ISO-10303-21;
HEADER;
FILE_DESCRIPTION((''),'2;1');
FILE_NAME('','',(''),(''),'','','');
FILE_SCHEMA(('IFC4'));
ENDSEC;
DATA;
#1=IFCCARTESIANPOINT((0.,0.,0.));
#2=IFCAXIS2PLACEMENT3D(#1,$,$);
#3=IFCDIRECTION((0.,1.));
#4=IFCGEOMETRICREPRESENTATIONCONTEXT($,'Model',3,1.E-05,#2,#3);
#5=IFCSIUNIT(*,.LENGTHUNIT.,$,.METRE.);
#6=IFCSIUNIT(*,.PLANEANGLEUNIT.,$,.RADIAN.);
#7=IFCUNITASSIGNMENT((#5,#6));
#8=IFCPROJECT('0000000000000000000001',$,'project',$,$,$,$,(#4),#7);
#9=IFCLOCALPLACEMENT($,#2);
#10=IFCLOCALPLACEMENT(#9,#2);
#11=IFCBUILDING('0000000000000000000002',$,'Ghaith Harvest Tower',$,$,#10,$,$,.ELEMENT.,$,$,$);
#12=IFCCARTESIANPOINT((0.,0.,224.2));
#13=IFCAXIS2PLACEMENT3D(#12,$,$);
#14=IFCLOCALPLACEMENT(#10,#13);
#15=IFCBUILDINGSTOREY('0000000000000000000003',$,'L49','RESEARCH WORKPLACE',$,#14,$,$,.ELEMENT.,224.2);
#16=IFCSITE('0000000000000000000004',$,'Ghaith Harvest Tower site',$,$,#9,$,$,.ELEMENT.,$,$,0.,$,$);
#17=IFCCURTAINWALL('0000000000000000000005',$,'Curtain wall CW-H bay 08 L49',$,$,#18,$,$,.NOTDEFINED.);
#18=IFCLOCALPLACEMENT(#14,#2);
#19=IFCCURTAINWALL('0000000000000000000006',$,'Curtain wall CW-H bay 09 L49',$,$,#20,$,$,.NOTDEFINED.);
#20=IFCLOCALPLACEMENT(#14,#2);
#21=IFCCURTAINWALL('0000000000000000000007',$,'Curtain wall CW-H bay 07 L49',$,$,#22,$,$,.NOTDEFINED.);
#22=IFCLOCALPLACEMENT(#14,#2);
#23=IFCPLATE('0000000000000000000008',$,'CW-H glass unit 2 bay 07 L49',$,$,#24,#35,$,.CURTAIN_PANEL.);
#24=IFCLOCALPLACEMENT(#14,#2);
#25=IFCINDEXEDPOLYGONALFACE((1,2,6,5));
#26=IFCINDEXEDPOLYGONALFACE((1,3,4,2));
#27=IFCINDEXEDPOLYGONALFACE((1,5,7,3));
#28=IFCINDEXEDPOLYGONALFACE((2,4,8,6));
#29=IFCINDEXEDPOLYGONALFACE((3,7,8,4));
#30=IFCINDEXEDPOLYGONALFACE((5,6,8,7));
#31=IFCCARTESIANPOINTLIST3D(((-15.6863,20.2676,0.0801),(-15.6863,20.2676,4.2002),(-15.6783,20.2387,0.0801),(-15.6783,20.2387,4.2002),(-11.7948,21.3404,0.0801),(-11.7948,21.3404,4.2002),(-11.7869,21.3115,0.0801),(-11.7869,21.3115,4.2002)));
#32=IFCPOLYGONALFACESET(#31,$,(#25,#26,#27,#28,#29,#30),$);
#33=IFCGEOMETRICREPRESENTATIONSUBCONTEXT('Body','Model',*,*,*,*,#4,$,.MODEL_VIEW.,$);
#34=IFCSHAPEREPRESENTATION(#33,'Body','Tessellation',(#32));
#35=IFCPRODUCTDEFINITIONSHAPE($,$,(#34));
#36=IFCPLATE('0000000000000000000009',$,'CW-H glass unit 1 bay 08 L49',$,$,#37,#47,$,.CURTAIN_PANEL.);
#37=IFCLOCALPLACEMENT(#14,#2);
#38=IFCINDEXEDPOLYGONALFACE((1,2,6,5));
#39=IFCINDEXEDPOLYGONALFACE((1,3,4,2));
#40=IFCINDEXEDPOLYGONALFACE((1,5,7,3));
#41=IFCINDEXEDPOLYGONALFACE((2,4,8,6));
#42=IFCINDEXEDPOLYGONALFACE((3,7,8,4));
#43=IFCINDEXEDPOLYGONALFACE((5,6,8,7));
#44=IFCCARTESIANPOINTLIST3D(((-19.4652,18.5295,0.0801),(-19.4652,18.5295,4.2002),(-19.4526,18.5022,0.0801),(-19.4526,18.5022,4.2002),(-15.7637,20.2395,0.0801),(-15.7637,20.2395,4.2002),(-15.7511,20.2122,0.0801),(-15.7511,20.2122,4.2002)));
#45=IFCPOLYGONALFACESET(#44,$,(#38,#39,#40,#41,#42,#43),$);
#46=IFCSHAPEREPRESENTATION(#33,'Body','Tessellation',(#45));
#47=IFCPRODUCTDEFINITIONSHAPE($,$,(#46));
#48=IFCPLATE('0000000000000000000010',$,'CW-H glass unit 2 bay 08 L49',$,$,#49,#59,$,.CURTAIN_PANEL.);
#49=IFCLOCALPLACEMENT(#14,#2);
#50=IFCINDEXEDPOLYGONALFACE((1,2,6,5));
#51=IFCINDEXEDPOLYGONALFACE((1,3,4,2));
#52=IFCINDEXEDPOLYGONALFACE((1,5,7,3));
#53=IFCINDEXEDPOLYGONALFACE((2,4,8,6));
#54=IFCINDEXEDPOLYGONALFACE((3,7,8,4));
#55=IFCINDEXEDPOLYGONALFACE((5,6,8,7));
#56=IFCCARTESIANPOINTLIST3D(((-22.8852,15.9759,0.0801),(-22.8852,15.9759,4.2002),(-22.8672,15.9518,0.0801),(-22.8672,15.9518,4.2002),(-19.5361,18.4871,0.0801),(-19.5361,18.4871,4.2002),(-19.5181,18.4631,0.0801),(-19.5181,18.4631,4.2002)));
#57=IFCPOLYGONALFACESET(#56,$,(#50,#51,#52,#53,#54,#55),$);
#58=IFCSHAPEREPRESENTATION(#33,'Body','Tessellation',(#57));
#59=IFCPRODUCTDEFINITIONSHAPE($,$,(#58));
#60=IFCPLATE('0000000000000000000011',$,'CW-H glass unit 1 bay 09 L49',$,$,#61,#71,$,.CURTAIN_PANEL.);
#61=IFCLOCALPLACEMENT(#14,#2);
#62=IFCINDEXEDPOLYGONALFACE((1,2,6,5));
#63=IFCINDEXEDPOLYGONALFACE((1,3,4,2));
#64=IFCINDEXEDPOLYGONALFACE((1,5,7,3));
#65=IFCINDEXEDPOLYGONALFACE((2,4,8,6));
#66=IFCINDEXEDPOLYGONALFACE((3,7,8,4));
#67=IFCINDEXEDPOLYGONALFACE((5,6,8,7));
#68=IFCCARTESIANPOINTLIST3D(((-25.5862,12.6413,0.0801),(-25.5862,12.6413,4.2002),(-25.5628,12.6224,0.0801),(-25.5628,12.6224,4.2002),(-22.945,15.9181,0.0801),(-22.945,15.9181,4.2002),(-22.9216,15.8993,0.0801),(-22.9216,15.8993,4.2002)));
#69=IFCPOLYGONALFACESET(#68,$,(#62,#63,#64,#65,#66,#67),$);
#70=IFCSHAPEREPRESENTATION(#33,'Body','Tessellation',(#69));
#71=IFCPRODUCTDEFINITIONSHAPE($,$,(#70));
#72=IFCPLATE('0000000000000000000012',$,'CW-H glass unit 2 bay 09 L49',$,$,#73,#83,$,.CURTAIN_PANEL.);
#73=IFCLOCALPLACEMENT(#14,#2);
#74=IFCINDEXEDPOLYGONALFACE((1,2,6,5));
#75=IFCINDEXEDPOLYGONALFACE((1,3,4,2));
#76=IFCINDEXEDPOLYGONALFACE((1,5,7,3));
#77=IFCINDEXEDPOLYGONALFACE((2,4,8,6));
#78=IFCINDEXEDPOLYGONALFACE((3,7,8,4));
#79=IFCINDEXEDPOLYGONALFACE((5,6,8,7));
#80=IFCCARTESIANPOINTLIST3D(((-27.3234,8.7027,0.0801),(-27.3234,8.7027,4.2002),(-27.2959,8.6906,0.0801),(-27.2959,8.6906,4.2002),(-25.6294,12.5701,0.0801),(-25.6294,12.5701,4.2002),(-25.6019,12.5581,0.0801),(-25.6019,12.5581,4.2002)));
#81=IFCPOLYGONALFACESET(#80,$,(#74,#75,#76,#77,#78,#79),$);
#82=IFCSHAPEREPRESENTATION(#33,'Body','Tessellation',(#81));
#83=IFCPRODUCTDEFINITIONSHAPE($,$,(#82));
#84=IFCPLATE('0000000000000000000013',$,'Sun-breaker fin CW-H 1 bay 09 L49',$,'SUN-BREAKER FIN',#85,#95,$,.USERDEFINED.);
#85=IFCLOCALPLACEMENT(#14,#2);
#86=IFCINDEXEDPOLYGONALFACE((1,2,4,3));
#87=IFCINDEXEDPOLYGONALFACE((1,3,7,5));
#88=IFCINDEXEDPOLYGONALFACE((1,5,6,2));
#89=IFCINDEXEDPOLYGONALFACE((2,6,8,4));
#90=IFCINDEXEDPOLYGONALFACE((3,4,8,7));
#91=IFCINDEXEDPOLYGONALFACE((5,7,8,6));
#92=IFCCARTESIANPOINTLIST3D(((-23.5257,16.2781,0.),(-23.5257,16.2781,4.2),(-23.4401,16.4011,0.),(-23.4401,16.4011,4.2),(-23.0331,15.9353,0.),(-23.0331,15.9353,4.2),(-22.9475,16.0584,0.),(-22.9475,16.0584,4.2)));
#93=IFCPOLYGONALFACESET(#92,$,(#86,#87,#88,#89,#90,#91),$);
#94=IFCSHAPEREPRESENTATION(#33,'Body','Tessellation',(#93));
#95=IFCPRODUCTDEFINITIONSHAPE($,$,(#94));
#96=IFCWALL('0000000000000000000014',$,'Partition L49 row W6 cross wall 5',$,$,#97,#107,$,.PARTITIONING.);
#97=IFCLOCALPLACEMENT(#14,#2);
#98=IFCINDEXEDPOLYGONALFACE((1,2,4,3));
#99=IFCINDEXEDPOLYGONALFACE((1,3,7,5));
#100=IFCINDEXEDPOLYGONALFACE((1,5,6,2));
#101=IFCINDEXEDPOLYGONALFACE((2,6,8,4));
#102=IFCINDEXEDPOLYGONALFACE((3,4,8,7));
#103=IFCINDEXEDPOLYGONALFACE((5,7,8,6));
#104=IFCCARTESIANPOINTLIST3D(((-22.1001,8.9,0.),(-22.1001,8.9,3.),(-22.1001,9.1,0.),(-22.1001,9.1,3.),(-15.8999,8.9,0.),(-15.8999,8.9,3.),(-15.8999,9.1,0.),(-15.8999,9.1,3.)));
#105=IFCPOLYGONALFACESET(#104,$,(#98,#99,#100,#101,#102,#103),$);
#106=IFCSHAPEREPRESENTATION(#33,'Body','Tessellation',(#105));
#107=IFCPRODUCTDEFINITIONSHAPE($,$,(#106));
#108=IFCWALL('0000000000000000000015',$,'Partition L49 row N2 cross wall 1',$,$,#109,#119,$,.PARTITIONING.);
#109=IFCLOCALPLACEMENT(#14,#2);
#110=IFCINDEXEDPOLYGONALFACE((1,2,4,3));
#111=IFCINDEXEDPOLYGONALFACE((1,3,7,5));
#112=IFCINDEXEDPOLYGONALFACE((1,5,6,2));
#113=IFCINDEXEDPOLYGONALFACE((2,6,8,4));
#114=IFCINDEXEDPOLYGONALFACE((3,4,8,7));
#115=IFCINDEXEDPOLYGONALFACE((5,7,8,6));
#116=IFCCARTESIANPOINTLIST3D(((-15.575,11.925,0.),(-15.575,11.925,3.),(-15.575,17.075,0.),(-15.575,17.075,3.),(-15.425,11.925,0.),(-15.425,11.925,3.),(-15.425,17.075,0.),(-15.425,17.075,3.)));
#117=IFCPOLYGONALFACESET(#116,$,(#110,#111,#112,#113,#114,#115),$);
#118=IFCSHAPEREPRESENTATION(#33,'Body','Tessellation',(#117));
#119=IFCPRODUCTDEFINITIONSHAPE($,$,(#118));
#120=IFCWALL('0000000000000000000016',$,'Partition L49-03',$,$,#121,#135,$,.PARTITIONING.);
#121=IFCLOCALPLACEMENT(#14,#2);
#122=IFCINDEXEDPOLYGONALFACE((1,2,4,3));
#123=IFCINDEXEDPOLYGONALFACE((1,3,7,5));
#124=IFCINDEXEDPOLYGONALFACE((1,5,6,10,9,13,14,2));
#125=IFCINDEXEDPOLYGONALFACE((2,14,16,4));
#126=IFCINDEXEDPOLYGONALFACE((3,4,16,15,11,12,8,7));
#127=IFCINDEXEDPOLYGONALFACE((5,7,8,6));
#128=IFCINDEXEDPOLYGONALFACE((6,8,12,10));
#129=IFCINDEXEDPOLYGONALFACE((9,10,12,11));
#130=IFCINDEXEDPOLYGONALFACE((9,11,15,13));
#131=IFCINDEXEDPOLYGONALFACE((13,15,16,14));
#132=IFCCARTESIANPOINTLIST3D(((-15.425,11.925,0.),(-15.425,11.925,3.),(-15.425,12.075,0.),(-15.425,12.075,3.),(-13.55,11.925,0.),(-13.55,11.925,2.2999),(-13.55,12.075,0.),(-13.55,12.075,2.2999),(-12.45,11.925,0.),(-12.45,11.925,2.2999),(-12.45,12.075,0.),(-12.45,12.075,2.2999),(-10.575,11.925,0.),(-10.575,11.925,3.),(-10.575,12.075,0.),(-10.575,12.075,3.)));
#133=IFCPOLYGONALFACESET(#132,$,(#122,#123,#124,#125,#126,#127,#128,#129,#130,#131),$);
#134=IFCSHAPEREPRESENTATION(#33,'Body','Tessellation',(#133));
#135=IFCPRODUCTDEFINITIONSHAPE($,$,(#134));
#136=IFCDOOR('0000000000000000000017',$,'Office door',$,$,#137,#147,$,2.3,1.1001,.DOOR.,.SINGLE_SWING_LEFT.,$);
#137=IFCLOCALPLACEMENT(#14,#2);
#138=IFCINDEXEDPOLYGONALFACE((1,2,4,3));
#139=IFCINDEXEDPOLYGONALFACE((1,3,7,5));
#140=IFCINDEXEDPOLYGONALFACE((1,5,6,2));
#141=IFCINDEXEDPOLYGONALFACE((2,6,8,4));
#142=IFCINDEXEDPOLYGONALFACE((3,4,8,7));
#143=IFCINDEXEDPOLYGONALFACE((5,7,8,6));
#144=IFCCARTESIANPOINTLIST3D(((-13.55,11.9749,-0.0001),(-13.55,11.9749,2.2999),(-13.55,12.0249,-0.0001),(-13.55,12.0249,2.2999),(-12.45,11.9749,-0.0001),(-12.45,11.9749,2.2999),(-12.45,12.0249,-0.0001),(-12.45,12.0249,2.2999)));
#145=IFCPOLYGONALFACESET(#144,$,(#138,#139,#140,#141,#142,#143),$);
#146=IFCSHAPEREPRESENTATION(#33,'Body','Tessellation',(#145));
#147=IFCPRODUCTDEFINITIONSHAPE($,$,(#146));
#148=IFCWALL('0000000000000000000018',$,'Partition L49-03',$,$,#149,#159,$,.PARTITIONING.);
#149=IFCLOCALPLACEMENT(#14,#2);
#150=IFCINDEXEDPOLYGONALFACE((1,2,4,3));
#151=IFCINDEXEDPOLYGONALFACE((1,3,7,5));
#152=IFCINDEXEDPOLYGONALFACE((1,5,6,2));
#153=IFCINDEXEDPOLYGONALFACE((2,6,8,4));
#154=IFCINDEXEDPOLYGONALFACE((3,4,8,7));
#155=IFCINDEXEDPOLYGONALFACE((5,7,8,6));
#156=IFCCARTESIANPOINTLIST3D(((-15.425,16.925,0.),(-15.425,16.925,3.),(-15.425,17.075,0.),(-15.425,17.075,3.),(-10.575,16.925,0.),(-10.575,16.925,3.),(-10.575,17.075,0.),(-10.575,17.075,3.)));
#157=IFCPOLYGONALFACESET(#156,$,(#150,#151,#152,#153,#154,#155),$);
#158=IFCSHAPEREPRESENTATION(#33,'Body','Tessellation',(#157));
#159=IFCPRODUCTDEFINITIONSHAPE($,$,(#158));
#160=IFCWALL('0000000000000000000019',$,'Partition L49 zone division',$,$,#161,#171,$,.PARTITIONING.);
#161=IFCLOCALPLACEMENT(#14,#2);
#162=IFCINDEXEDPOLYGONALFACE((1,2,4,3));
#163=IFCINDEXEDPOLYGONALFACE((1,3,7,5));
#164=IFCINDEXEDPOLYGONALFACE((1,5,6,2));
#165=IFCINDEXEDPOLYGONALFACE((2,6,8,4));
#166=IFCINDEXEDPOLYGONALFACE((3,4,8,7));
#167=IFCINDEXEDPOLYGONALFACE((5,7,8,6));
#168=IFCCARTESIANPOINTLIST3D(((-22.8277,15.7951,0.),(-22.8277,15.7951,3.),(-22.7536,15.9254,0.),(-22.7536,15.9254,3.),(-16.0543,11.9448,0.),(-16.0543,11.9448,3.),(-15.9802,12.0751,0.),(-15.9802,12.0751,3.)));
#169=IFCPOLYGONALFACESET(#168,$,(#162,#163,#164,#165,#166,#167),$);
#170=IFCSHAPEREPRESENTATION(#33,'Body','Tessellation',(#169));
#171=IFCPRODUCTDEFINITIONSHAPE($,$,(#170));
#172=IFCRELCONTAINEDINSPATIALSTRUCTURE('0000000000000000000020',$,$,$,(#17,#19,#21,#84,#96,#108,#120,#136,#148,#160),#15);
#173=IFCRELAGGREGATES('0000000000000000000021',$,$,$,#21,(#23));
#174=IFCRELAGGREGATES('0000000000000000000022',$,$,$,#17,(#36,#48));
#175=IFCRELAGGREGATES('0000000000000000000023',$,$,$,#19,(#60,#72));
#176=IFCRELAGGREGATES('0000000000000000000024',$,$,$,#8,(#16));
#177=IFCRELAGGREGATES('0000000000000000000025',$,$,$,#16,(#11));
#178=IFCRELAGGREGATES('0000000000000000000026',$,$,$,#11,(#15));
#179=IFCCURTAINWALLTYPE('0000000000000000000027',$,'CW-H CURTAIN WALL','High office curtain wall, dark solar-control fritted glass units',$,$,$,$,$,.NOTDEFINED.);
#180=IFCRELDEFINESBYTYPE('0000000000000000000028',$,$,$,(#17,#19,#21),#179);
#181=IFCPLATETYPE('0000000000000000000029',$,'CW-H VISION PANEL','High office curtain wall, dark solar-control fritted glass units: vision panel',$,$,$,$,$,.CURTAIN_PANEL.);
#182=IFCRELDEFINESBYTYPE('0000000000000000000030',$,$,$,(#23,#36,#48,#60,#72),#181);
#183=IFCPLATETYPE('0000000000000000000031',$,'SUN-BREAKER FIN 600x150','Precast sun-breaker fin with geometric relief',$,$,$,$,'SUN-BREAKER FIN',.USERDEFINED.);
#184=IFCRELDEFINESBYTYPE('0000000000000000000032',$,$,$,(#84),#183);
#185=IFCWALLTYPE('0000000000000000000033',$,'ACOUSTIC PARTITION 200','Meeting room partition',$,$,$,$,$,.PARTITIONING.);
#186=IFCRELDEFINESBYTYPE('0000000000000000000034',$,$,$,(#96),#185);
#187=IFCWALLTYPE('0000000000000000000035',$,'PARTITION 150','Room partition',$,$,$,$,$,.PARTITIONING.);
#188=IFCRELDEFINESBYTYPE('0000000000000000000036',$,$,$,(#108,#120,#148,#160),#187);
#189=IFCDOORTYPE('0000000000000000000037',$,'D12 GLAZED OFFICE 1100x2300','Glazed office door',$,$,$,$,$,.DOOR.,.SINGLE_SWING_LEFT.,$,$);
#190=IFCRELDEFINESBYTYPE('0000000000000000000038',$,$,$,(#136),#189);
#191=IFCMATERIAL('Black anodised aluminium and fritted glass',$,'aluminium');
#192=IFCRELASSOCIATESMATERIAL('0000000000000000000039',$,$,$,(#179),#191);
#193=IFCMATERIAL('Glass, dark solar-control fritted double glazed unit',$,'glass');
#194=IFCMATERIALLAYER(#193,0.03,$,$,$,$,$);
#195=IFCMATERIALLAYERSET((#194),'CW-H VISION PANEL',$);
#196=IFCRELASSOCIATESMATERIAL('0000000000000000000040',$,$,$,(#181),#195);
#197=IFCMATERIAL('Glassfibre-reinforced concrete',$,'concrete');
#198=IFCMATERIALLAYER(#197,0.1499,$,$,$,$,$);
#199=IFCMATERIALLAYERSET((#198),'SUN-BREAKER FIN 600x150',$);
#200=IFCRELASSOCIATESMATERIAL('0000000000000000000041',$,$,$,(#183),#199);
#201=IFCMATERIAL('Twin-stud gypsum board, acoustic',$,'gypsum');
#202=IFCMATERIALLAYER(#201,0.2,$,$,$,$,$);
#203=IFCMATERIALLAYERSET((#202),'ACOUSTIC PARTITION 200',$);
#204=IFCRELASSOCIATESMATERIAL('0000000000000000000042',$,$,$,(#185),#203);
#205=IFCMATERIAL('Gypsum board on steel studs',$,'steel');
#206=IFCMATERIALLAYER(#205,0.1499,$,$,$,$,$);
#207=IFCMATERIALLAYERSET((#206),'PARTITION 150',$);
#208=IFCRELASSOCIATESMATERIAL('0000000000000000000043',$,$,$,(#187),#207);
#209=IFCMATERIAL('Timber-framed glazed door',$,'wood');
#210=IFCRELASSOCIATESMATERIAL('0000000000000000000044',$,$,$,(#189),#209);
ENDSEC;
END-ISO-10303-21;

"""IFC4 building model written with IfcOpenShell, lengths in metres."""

from ifc_helpers import new_model, si_unit, direction, frame, frame_2d, origin, origin_2d, place, context, subcontext, project, spatial, rectangle, extrude, material, layer, layer_set, type_object, element, fill, aggregate, save


model = new_model("IFC4")

# Units and contexts
model_context = context("Model", 3, precision=1e-05, world=origin(), true_north=direction((0.0, 1.0)))
body_context = subcontext(model_context, "Body", "Model", "MODEL_VIEW")
ifc_project = project(units=[si_unit("LENGTHUNIT", "METRE"), si_unit("PLANEANGLEUNIT", "RADIAN")], contexts=[model_context])

# Site, building, storey
site_placement = place(None, origin())
site = spatial("IfcSite", under=ifc_project, at=site_placement, Name="Ghaith Harvest Tower site", CompositionType="ELEMENT", RefElevation=0.0)
building_placement = place(site_placement, origin())
building = spatial("IfcBuilding", under=site, at=building_placement, Name="Ghaith Harvest Tower", CompositionType="ELEMENT")
storey_placement = place(building_placement, frame((0.0, 0.0, 224.2)))
storey = spatial("IfcBuildingStorey", under=building, at=storey_placement, Name="L49", Description="RESEARCH WORKPLACE", CompositionType="ELEMENT", Elevation=224.2)

# Curtain walls
ifc_material_1 = material(Name="Black anodised aluminium and fritted glass", Category="aluminium")
curtain_wall_type = type_object("IfcCurtainWallType", Name="CW-H CURTAIN WALL", Description="High office curtain wall, dark solar-control fritted glass units", PredefinedType="NOTDEFINED", material=ifc_material_1)
curtain_wall_1_placement = place(storey_placement, origin())
curtain_wall_1 = element("IfcCurtainWall", 1, at=curtain_wall_1_placement, inside=storey, type_object=curtain_wall_type, Name="Curtain wall CW-H bay 08 L49", PredefinedType="NOTDEFINED")
curtain_wall_2_placement = place(storey_placement, origin())
curtain_wall_2 = element("IfcCurtainWall", 2, at=curtain_wall_2_placement, inside=storey, type_object=curtain_wall_type, Name="Curtain wall CW-H bay 09 L49", PredefinedType="NOTDEFINED")

# Curtain wall, plate
curtain_wall_3_placement = place(storey_placement, origin())
curtain_wall_3 = element("IfcCurtainWall", 3, at=curtain_wall_3_placement, inside=storey, type_object=curtain_wall_type, Name="Curtain wall CW-H bay 07 L49", PredefinedType="NOTDEFINED")
ifc_material_2 = material(Name="Glass, dark solar-control fritted double glazed unit", Category="glass")
ifc_layer_1 = layer(ifc_material_2, 0.03)
ifc_layer_set_1 = layer_set([ifc_layer_1], Name="CW-H VISION PANEL")
plate_type_1 = type_object("IfcPlateType", Name="CW-H VISION PANEL", Description="High office curtain wall, dark solar-control fritted glass units: vision panel", PredefinedType="CURTAIN_PANEL", material=ifc_layer_set_1)
plate_1_placement = place(storey_placement, frame((-13.7366, 20.7896, 0.0801), z_axis=(0.0, 0.0, 1.0), x_axis=(-0.964034, -0.265779, 0.0)))
plate_1 = element("IfcPlate", 4, at=plate_1_placement, type_object=plate_type_1, Name="CW-H glass unit 2 bay 07 L49", PredefinedType="CURTAIN_PANEL", context=body_context, shape_type="SweptSolid", body=[
    extrude(rectangle(XDim=4.0366, YDim=0.03, at=origin_2d()), origin(), (0.0, 0.0, 1.0), 4.1201),
])
aggregate(curtain_wall_3, [plate_1])

# Plates
plate_2_placement = place(storey_placement, frame((-17.6082, 19.3708, 0.0801), z_axis=(0.0, 0.0, 1.0), x_axis=(-0.907814, -0.419372, 0.0)))
plate_2 = element("IfcPlate", 5, at=plate_2_placement, type_object=plate_type_1, Name="CW-H glass unit 1 bay 08 L49", PredefinedType="CURTAIN_PANEL", context=body_context, shape_type="SweptSolid", body=[
    extrude(rectangle(XDim=4.0774, YDim=0.03, at=origin_2d()), origin(), (0.0, 0.0, 1.0), 4.1201),
])
plate_3_placement = place(storey_placement, frame((-21.2017, 17.2195, 0.0801), z_axis=(0.0, 0.0, 1.0), x_axis=(-0.800067, -0.599911, 0.0)))
plate_3 = element("IfcPlate", 6, at=plate_3_placement, type_object=plate_type_1, Name="CW-H glass unit 2 bay 08 L49", PredefinedType="CURTAIN_PANEL", context=body_context, shape_type="SweptSolid", body=[
    extrude(rectangle(XDim=4.186, YDim=0.03, at=origin_2d()), origin(), (0.0, 0.0, 1.0), 4.1201),
])
aggregate(curtain_wall_1, [plate_2, plate_3])
plate_4_placement = place(storey_placement, frame((-24.2539, 14.2703, 0.0801), z_axis=(0.0, 0.0, 1.0), x_axis=(-0.627548, -0.778578, 0.0)))
plate_4 = element("IfcPlate", 7, at=plate_4_placement, type_object=plate_type_1, Name="CW-H glass unit 1 bay 09 L49", PredefinedType="CURTAIN_PANEL", context=body_context, shape_type="SweptSolid", body=[
    extrude(rectangle(XDim=4.2087, YDim=0.03, at=origin_2d()), origin(), (0.0, 0.0, 1.0), 4.1201),
])
plate_5_placement = place(storey_placement, frame((-26.4626, 10.6304, 0.0801), z_axis=(0.0, 0.0, 1.0), x_axis=(-0.401213, -0.915985, 0.0)))
plate_5 = element("IfcPlate", 8, at=plate_5_placement, type_object=plate_type_1, Name="CW-H glass unit 2 bay 09 L49", PredefinedType="CURTAIN_PANEL", context=body_context, shape_type="SweptSolid", body=[
    extrude(rectangle(XDim=4.2222, YDim=0.03, at=origin_2d()), origin(), (0.0, 0.0, 1.0), 4.1201),
])
aggregate(curtain_wall_2, [plate_4, plate_5])
ifc_material_3 = material(Name="Glassfibre-reinforced concrete", Category="concrete")
ifc_layer_2 = layer(ifc_material_3, 0.1499)
ifc_layer_set_2 = layer_set([ifc_layer_2], Name="SUN-BREAKER FIN 600x150")
plate_type_2 = type_object("IfcPlateType", Name="SUN-BREAKER FIN 600x150", Description="Precast sun-breaker fin with geometric relief", ElementType="SUN-BREAKER FIN", PredefinedType="USERDEFINED", material=ifc_layer_set_2)
plate_6_placement = place(storey_placement, frame((-23.2366, 16.1682, 0.0), z_axis=(0.0, 0.0, 1.0), x_axis=(-0.820845, 0.57115, 0.0)))
element("IfcPlate", 9, at=plate_6_placement, inside=storey, type_object=plate_type_2, Name="Sun-breaker fin CW-H 1 bay 09 L49", ObjectType="SUN-BREAKER FIN", PredefinedType="USERDEFINED", context=body_context, shape_type="SweptSolid", body=[
    extrude(rectangle(XDim=0.6001, YDim=0.1499, at=origin_2d()), origin(), (0.0, 0.0, 1.0), 4.2),
])

# Walls
ifc_material_4 = material(Name="Twin-stud gypsum board, acoustic", Category="gypsum")
ifc_layer_3 = layer(ifc_material_4, 0.2)
ifc_layer_set_3 = layer_set([ifc_layer_3], Name="ACOUSTIC PARTITION 200")
wall_type_1 = type_object("IfcWallType", Name="ACOUSTIC PARTITION 200", Description="Meeting room partition", PredefinedType="PARTITIONING", material=ifc_layer_set_3)
wall_1_placement = place(storey_placement, frame((-15.8999, 9.0, 0.0), z_axis=(0.0, 0.0, 1.0), x_axis=(-1.0, 0.0, 0.0)))
element("IfcWall", 10, at=wall_1_placement, inside=storey, type_object=wall_type_1, Name="Partition L49 row W6 cross wall 5", PredefinedType="PARTITIONING", context=body_context, shape_type="SweptSolid", body=[
    extrude(rectangle(XDim=6.2002, YDim=0.2, at=frame_2d((3.1001, 0.0))), origin(), (0.0, 0.0, 1.0), 3.0),
])
ifc_material_5 = material(Name="Gypsum board on steel studs", Category="steel")
ifc_layer_4 = layer(ifc_material_5, 0.1499)
ifc_layer_set_4 = layer_set([ifc_layer_4], Name="PARTITION 150")
wall_type_2 = type_object("IfcWallType", Name="PARTITION 150", Description="Room partition", PredefinedType="PARTITIONING", material=ifc_layer_set_4)
wall_2_placement = place(storey_placement, frame((-15.5, 11.925, 0.0), z_axis=(0.0, 0.0, 1.0), x_axis=(0.0, 1.0, 0.0)))
element("IfcWall", 11, at=wall_2_placement, inside=storey, type_object=wall_type_2, Name="Partition L49 row N2 cross wall 1", PredefinedType="PARTITIONING", context=body_context, shape_type="SweptSolid", body=[
    extrude(rectangle(XDim=5.1499, YDim=0.1499, at=frame_2d((2.575, 0.0))), origin(), (0.0, 0.0, 1.0), 3.0),
])

# Wall, opening, door
wall_3_placement = place(storey_placement, frame((-15.425, 12.0, 0.0), z_axis=(0.0, 0.0, 1.0), x_axis=(1.0, 0.0, 0.0)))
wall_3 = element("IfcWall", 12, at=wall_3_placement, inside=storey, type_object=wall_type_2, Name="Partition L49-03", PredefinedType="PARTITIONING", context=body_context, shape_type="SweptSolid", body=[
    extrude(rectangle(XDim=4.8501, YDim=0.1499, at=frame_2d((2.425, 0.0))), origin(), (0.0, 0.0, 1.0), 3.0),
])
opening_1_placement = place(wall_3_placement, frame((1.875, 0.0, 0.0)))
opening_1 = element("IfcOpeningElement", 13, at=opening_1_placement, cuts=wall_3, PredefinedType="OPENING", context=body_context, shape_type="SweptSolid", body=[
    extrude(rectangle(XDim=1.1001, YDim=2.3, at=frame_2d((0.55, 1.1499))), frame((0.0, 0.085, 0.0), z_axis=(0.0, -1.0, 0.0), x_axis=(1.0, 0.0, 0.0)), (0.0, 0.0, 1.0), 0.1699),
])
ifc_material_6 = material(Name="Timber-framed glazed door", Category="wood")
door_type_1 = type_object("IfcDoorType", Name="D12 GLAZED OFFICE 1100x2300", Description="Glazed office door", OperationType="SINGLE_SWING_LEFT", PredefinedType="DOOR", material=ifc_material_6)
door_1_placement = place(opening_1_placement, origin())
door_1 = element("IfcDoor", 14, at=door_1_placement, inside=storey, type_object=door_type_1, Name="Office door", OperationType="SINGLE_SWING_LEFT", OverallHeight=2.3, OverallWidth=1.1001, PredefinedType="DOOR", context=body_context, shape_type="SweptSolid", body=[
    extrude(rectangle(XDim=1.1001, YDim=2.3, at=frame_2d((0.55, 1.1499))), frame((0.0, 0.0249, 0.0), z_axis=(0.0, -1.0, 0.0), x_axis=(1.0, 0.0, 0.0)), (0.0, 0.0, 1.0), 0.05),
])
fill(opening_1, door_1)

# Walls
wall_4_placement = place(storey_placement, frame((-15.425, 17.0, 0.0), z_axis=(0.0, 0.0, 1.0), x_axis=(1.0, 0.0, 0.0)))
element("IfcWall", 15, at=wall_4_placement, inside=storey, type_object=wall_type_2, Name="Partition L49-03", PredefinedType="PARTITIONING", context=body_context, shape_type="SweptSolid", body=[
    extrude(rectangle(XDim=4.8501, YDim=0.1499, at=frame_2d((2.425, 0.0))), origin(), (0.0, 0.0, 1.0), 3.0),
])
wall_5_placement = place(storey_placement, frame((-16.0173, 12.01, 0.0), z_axis=(0.0, 0.0, 1.0), x_axis=(-0.869357, 0.494184, 0.0)))
element("IfcWall", 16, at=wall_5_placement, inside=storey, type_object=wall_type_2, Name="Partition L49 zone division", PredefinedType="PARTITIONING", context=body_context, shape_type="SweptSolid", body=[
    extrude(rectangle(XDim=7.7913, YDim=0.1499, at=frame_2d((3.8955, 0.0))), origin(), (0.0, 0.0, 1.0), 3.0),
])

save(model, "model.ifc")
